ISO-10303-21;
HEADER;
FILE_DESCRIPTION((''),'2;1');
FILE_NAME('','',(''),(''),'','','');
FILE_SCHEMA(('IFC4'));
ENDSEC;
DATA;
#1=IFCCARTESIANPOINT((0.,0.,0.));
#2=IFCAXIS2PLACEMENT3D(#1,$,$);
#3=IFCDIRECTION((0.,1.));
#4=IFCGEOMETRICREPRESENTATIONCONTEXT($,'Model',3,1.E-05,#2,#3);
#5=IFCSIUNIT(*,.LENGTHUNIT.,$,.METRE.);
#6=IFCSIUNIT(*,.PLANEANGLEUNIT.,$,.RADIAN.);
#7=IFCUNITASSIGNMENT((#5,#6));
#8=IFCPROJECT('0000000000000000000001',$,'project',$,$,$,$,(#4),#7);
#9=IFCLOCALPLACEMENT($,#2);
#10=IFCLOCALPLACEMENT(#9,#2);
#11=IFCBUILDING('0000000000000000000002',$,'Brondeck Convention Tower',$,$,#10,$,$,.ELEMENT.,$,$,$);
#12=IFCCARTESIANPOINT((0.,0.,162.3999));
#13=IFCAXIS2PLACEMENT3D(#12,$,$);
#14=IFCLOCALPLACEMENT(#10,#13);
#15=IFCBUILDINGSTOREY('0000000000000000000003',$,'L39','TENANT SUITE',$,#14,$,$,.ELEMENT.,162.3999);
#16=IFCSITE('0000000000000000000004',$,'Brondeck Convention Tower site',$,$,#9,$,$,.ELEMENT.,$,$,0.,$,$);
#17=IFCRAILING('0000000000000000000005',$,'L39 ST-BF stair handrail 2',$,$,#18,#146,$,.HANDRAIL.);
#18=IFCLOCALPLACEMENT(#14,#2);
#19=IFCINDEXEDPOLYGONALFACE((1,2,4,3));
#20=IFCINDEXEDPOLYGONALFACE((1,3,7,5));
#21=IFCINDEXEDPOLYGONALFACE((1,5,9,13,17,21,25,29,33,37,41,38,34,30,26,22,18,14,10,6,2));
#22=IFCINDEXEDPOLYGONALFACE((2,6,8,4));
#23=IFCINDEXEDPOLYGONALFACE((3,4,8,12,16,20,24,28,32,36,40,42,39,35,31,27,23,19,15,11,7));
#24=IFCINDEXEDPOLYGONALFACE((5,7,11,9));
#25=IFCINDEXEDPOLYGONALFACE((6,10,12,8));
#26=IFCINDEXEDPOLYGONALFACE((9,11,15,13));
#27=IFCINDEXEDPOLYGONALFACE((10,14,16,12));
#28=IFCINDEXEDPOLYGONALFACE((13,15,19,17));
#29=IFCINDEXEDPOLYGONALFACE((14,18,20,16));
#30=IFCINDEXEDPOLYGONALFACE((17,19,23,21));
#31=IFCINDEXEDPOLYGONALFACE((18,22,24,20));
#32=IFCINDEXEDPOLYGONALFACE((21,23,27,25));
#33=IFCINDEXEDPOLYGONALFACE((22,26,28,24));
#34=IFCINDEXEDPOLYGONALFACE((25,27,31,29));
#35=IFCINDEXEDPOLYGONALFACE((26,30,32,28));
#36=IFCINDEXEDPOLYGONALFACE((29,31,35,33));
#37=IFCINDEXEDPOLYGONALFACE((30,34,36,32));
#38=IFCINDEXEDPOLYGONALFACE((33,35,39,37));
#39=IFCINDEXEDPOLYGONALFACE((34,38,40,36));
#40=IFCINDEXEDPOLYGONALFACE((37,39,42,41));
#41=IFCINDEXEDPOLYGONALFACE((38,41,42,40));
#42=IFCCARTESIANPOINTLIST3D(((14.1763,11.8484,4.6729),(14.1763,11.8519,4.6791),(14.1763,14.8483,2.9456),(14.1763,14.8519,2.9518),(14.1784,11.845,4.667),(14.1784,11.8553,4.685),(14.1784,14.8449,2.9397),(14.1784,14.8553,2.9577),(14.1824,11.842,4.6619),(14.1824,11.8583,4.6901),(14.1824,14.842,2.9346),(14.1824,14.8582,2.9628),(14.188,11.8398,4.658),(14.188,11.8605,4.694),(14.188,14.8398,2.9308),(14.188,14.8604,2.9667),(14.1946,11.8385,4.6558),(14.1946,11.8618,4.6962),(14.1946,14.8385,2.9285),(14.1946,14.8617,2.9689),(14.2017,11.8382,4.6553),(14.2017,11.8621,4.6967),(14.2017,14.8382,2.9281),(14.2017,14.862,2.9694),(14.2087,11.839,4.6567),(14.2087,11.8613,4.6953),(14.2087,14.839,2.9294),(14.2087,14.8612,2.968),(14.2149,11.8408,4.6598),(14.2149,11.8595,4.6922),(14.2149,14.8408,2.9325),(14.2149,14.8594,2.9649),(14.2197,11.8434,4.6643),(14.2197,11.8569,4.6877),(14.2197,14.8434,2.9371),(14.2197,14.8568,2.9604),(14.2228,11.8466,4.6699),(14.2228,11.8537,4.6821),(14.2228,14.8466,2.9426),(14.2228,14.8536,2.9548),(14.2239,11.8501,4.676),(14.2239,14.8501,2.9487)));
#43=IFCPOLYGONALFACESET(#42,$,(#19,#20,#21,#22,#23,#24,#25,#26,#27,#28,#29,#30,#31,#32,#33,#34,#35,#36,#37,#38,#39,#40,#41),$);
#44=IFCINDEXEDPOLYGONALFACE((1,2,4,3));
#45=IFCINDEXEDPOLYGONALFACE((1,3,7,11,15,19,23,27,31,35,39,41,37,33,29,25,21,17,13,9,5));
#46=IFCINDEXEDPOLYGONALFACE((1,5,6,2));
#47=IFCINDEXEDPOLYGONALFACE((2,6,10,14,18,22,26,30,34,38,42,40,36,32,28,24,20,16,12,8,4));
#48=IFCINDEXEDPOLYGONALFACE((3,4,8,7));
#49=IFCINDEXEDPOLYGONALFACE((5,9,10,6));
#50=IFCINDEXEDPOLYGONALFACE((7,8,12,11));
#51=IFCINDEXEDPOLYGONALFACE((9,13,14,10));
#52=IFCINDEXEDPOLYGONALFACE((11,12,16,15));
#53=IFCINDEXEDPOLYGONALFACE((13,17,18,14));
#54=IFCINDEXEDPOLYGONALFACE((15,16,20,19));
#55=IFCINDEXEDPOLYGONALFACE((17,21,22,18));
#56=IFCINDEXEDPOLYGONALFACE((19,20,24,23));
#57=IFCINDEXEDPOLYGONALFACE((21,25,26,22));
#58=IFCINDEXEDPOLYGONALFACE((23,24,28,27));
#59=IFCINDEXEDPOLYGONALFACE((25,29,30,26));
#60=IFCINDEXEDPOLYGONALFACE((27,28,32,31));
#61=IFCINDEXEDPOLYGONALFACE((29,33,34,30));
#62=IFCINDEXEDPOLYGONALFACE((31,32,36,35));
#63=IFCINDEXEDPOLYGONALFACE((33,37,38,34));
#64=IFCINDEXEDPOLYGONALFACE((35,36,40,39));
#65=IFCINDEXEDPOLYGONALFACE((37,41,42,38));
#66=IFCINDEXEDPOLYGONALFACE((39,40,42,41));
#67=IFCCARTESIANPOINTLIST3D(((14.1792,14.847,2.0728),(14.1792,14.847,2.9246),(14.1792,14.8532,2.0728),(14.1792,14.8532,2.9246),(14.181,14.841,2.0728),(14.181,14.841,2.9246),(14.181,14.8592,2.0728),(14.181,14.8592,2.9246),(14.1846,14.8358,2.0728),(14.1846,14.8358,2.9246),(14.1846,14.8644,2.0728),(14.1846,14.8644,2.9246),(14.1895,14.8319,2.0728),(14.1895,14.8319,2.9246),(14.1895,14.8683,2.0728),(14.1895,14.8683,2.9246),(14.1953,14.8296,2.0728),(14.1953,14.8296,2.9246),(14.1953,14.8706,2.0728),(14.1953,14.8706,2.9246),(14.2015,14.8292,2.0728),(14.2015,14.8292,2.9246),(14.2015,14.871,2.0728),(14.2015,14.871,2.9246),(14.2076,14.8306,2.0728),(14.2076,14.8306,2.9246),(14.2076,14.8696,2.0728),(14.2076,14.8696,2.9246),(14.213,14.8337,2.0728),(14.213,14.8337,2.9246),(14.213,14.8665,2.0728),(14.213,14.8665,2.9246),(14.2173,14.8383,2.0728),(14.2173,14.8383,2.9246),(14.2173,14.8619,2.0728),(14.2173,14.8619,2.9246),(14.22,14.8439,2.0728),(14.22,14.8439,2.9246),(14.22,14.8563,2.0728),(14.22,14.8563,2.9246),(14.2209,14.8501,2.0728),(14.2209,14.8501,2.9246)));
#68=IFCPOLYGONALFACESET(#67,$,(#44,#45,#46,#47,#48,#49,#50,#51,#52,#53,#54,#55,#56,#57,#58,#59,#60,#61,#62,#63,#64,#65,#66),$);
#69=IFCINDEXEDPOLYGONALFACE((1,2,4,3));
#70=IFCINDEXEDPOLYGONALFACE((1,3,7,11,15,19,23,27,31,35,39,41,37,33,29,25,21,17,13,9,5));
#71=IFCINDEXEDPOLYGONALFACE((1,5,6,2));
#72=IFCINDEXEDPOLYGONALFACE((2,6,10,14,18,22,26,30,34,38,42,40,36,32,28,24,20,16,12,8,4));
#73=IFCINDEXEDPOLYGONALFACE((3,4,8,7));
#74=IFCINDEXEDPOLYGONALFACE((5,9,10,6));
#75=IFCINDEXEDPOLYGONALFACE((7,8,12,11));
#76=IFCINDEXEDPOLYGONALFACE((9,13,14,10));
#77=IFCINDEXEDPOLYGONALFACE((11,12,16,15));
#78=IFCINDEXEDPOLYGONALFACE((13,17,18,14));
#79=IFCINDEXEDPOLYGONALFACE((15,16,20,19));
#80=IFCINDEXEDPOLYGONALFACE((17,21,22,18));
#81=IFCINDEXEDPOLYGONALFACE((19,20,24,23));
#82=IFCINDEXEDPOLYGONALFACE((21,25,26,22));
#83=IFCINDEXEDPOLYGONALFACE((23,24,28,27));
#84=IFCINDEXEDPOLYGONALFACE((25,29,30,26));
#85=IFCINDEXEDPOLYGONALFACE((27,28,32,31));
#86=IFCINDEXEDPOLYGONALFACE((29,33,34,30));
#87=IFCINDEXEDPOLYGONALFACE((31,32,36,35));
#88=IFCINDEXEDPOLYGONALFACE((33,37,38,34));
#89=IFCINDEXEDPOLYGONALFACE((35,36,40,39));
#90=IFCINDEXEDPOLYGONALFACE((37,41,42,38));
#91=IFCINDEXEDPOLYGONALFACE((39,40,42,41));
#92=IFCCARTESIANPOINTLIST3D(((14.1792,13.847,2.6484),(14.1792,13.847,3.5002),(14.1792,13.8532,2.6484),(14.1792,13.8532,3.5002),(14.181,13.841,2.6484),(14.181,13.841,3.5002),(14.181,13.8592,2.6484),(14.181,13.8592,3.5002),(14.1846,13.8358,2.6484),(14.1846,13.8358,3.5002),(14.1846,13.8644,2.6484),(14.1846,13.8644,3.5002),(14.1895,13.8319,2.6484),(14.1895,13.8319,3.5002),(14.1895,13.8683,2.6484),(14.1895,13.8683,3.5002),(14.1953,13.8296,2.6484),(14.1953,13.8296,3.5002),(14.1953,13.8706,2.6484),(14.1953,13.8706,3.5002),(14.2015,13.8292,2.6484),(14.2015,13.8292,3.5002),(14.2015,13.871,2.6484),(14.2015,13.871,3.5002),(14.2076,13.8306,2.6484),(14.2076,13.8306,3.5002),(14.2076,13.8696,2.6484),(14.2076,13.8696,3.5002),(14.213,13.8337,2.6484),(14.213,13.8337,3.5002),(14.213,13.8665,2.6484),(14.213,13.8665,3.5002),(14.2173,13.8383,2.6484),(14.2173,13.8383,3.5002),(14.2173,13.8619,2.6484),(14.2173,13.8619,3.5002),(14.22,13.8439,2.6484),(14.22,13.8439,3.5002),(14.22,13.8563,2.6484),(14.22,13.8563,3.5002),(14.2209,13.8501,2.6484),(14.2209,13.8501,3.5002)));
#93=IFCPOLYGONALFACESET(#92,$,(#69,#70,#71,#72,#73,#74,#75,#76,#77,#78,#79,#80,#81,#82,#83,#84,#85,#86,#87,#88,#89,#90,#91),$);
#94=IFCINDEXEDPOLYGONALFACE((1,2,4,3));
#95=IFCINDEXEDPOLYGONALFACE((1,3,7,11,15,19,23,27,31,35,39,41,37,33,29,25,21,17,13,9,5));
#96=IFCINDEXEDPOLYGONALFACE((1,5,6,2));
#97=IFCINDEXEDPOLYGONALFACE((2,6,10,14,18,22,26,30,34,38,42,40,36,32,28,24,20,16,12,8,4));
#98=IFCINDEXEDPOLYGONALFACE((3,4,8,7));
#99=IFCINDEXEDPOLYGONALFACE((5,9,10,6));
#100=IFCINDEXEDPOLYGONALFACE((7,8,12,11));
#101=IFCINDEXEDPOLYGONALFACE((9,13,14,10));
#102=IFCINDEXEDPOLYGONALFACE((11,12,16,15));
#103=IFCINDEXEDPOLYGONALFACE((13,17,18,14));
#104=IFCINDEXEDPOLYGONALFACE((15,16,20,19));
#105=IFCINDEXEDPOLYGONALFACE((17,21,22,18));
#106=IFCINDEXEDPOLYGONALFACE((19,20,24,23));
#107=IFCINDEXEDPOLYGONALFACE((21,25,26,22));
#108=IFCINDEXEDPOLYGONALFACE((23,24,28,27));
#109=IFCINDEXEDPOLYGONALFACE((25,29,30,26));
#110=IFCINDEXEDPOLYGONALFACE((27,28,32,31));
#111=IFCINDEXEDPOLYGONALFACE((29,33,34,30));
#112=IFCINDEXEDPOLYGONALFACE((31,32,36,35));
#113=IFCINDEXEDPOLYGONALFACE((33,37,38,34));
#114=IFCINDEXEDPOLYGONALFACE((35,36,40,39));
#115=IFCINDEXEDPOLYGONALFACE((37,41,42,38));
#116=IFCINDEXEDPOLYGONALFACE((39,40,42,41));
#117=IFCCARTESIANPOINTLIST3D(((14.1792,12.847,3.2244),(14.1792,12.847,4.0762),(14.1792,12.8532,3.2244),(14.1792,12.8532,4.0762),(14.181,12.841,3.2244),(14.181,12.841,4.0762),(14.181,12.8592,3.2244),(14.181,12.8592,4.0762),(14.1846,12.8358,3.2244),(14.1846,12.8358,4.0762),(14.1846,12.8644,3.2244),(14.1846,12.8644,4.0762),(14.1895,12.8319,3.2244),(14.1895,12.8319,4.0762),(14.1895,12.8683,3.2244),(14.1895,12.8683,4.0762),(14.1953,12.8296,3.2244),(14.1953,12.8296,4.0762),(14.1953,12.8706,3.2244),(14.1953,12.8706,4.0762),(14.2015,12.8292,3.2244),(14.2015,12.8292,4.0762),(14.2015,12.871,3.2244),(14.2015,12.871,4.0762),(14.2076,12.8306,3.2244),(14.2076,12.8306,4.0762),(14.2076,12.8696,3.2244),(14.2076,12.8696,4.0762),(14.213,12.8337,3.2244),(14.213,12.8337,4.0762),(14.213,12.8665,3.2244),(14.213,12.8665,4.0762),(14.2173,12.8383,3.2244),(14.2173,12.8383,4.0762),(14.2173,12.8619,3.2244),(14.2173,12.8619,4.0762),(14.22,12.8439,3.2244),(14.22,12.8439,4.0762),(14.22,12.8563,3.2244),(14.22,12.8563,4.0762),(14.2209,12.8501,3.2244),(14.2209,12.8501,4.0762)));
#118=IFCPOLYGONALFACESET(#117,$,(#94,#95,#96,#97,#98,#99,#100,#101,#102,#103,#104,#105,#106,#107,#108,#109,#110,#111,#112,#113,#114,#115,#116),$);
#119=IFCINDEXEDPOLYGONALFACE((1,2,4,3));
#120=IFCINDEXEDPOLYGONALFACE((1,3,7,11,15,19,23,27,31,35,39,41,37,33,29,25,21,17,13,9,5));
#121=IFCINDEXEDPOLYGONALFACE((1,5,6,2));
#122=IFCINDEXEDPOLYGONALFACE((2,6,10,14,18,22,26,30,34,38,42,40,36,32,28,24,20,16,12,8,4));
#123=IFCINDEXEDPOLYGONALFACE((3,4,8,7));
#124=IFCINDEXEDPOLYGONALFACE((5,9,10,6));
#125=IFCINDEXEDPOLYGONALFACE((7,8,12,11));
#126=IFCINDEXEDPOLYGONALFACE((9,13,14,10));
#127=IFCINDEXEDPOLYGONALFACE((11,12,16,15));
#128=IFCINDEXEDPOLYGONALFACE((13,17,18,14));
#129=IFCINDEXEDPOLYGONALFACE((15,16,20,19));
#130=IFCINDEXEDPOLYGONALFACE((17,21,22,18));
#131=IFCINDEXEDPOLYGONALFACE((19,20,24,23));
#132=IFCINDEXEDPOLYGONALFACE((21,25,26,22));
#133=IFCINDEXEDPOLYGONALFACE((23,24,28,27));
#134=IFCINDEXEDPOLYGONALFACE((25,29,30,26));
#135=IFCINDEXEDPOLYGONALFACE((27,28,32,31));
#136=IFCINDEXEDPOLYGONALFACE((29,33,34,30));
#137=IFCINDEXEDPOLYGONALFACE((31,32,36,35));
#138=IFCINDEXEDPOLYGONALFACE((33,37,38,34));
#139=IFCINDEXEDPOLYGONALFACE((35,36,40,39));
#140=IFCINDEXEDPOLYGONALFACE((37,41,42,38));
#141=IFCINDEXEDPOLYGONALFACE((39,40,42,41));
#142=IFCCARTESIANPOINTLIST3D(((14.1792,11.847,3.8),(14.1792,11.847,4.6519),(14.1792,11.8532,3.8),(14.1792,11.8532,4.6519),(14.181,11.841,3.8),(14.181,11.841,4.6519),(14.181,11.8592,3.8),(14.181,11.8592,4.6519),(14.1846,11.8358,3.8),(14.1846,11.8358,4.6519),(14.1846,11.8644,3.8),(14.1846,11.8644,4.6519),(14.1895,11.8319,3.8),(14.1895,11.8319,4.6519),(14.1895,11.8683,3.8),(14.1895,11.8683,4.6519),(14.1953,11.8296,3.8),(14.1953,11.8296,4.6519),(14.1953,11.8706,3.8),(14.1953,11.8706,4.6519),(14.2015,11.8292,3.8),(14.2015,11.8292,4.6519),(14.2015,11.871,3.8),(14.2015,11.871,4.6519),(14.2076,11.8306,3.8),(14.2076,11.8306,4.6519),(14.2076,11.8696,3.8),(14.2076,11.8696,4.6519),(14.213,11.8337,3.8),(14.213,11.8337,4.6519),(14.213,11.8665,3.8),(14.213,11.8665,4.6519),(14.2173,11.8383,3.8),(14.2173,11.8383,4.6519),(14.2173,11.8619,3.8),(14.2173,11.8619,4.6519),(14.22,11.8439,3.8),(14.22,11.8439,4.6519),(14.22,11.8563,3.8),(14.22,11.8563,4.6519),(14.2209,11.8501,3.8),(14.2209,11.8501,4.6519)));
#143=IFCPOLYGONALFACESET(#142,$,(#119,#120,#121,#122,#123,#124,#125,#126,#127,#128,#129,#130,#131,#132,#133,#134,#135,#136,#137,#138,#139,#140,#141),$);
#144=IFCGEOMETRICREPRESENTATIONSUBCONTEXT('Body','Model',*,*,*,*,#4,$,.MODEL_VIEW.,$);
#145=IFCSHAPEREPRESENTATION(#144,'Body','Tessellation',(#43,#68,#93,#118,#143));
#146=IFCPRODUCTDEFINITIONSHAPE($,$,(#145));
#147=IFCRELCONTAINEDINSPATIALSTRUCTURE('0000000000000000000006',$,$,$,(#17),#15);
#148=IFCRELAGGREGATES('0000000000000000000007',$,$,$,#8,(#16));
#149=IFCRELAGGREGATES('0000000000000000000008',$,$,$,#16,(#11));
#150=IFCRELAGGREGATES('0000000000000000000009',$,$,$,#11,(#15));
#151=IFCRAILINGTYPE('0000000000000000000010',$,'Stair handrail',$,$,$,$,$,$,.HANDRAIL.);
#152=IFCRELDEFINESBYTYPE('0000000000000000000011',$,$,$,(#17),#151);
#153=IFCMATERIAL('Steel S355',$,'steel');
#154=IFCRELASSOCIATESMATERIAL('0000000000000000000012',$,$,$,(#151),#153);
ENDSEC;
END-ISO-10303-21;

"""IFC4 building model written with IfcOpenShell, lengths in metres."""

from ifc_helpers import new_model, si_unit, direction, frame, origin, origin_2d, place, context, subcontext, project, spatial, circle, extrude, material, type_object, element, save


model = new_model("IFC4")

# Units and contexts
model_context = context("Model", 3, precision=1e-05, world=origin(), true_north=direction((0.0, 1.0)))
body_context = subcontext(model_context, "Body", "Model", "MODEL_VIEW")
ifc_project = project(units=[si_unit("LENGTHUNIT", "METRE"), si_unit("PLANEANGLEUNIT", "RADIAN")], contexts=[model_context])

# Site, building, storey
site_placement = place(None, origin())
site = spatial("IfcSite", under=ifc_project, at=site_placement, Name="Brondeck Convention Tower site", CompositionType="ELEMENT", RefElevation=0.0)
building_placement = place(site_placement, origin())
building = spatial("IfcBuilding", under=site, at=building_placement, Name="Brondeck Convention Tower", CompositionType="ELEMENT")
storey_placement = place(building_placement, frame((0.0, 0.0, 162.3999)))
storey = spatial("IfcBuildingStorey", under=building, at=storey_placement, Name="L39", Description="TENANT SUITE", CompositionType="ELEMENT", Elevation=162.3999)

# Shared definitions
ifc_material_1 = material(Name="Steel S355", Category="steel")

# Railing
railing_type_1 = type_object("IfcRailingType", Name="Stair handrail", PredefinedType="HANDRAIL", material=ifc_material_1)
railing_1_placement = place(storey_placement, frame((14.2, 14.8501, 2.0728)))
element("IfcRailing", 1, at=railing_1_placement, inside=storey, type_object=railing_type_1, Name="L39 ST-BF stair handrail 2", PredefinedType="HANDRAIL", context=body_context, shape_type="SweptSolid", body=[
    extrude(circle(Radius=0.0239, at=origin_2d()), frame((0.0, 0.0, 0.876), z_axis=(0.0, -0.86662, 0.498969), x_axis=(1.0, 0.0, 0.0)), (0.0, 0.0, 1.0), 3.4617),
    extrude(circle(Radius=0.021, at=origin_2d()), origin(), (0.0, 0.0, 1.0), 0.8518),
    extrude(circle(Radius=0.021, at=origin_2d()), frame((0.0, -1.0, 0.5757)), (0.0, 0.0, 1.0), 0.8518),
    extrude(circle(Radius=0.021, at=origin_2d()), frame((0.0, -2.0, 1.1516)), (0.0, 0.0, 1.0), 0.8518),
    extrude(circle(Radius=0.021, at=origin_2d()), frame((0.0, -3.0, 1.7273)), (0.0, 0.0, 1.0), 0.8518),
])

save(model, "model.ifc")
